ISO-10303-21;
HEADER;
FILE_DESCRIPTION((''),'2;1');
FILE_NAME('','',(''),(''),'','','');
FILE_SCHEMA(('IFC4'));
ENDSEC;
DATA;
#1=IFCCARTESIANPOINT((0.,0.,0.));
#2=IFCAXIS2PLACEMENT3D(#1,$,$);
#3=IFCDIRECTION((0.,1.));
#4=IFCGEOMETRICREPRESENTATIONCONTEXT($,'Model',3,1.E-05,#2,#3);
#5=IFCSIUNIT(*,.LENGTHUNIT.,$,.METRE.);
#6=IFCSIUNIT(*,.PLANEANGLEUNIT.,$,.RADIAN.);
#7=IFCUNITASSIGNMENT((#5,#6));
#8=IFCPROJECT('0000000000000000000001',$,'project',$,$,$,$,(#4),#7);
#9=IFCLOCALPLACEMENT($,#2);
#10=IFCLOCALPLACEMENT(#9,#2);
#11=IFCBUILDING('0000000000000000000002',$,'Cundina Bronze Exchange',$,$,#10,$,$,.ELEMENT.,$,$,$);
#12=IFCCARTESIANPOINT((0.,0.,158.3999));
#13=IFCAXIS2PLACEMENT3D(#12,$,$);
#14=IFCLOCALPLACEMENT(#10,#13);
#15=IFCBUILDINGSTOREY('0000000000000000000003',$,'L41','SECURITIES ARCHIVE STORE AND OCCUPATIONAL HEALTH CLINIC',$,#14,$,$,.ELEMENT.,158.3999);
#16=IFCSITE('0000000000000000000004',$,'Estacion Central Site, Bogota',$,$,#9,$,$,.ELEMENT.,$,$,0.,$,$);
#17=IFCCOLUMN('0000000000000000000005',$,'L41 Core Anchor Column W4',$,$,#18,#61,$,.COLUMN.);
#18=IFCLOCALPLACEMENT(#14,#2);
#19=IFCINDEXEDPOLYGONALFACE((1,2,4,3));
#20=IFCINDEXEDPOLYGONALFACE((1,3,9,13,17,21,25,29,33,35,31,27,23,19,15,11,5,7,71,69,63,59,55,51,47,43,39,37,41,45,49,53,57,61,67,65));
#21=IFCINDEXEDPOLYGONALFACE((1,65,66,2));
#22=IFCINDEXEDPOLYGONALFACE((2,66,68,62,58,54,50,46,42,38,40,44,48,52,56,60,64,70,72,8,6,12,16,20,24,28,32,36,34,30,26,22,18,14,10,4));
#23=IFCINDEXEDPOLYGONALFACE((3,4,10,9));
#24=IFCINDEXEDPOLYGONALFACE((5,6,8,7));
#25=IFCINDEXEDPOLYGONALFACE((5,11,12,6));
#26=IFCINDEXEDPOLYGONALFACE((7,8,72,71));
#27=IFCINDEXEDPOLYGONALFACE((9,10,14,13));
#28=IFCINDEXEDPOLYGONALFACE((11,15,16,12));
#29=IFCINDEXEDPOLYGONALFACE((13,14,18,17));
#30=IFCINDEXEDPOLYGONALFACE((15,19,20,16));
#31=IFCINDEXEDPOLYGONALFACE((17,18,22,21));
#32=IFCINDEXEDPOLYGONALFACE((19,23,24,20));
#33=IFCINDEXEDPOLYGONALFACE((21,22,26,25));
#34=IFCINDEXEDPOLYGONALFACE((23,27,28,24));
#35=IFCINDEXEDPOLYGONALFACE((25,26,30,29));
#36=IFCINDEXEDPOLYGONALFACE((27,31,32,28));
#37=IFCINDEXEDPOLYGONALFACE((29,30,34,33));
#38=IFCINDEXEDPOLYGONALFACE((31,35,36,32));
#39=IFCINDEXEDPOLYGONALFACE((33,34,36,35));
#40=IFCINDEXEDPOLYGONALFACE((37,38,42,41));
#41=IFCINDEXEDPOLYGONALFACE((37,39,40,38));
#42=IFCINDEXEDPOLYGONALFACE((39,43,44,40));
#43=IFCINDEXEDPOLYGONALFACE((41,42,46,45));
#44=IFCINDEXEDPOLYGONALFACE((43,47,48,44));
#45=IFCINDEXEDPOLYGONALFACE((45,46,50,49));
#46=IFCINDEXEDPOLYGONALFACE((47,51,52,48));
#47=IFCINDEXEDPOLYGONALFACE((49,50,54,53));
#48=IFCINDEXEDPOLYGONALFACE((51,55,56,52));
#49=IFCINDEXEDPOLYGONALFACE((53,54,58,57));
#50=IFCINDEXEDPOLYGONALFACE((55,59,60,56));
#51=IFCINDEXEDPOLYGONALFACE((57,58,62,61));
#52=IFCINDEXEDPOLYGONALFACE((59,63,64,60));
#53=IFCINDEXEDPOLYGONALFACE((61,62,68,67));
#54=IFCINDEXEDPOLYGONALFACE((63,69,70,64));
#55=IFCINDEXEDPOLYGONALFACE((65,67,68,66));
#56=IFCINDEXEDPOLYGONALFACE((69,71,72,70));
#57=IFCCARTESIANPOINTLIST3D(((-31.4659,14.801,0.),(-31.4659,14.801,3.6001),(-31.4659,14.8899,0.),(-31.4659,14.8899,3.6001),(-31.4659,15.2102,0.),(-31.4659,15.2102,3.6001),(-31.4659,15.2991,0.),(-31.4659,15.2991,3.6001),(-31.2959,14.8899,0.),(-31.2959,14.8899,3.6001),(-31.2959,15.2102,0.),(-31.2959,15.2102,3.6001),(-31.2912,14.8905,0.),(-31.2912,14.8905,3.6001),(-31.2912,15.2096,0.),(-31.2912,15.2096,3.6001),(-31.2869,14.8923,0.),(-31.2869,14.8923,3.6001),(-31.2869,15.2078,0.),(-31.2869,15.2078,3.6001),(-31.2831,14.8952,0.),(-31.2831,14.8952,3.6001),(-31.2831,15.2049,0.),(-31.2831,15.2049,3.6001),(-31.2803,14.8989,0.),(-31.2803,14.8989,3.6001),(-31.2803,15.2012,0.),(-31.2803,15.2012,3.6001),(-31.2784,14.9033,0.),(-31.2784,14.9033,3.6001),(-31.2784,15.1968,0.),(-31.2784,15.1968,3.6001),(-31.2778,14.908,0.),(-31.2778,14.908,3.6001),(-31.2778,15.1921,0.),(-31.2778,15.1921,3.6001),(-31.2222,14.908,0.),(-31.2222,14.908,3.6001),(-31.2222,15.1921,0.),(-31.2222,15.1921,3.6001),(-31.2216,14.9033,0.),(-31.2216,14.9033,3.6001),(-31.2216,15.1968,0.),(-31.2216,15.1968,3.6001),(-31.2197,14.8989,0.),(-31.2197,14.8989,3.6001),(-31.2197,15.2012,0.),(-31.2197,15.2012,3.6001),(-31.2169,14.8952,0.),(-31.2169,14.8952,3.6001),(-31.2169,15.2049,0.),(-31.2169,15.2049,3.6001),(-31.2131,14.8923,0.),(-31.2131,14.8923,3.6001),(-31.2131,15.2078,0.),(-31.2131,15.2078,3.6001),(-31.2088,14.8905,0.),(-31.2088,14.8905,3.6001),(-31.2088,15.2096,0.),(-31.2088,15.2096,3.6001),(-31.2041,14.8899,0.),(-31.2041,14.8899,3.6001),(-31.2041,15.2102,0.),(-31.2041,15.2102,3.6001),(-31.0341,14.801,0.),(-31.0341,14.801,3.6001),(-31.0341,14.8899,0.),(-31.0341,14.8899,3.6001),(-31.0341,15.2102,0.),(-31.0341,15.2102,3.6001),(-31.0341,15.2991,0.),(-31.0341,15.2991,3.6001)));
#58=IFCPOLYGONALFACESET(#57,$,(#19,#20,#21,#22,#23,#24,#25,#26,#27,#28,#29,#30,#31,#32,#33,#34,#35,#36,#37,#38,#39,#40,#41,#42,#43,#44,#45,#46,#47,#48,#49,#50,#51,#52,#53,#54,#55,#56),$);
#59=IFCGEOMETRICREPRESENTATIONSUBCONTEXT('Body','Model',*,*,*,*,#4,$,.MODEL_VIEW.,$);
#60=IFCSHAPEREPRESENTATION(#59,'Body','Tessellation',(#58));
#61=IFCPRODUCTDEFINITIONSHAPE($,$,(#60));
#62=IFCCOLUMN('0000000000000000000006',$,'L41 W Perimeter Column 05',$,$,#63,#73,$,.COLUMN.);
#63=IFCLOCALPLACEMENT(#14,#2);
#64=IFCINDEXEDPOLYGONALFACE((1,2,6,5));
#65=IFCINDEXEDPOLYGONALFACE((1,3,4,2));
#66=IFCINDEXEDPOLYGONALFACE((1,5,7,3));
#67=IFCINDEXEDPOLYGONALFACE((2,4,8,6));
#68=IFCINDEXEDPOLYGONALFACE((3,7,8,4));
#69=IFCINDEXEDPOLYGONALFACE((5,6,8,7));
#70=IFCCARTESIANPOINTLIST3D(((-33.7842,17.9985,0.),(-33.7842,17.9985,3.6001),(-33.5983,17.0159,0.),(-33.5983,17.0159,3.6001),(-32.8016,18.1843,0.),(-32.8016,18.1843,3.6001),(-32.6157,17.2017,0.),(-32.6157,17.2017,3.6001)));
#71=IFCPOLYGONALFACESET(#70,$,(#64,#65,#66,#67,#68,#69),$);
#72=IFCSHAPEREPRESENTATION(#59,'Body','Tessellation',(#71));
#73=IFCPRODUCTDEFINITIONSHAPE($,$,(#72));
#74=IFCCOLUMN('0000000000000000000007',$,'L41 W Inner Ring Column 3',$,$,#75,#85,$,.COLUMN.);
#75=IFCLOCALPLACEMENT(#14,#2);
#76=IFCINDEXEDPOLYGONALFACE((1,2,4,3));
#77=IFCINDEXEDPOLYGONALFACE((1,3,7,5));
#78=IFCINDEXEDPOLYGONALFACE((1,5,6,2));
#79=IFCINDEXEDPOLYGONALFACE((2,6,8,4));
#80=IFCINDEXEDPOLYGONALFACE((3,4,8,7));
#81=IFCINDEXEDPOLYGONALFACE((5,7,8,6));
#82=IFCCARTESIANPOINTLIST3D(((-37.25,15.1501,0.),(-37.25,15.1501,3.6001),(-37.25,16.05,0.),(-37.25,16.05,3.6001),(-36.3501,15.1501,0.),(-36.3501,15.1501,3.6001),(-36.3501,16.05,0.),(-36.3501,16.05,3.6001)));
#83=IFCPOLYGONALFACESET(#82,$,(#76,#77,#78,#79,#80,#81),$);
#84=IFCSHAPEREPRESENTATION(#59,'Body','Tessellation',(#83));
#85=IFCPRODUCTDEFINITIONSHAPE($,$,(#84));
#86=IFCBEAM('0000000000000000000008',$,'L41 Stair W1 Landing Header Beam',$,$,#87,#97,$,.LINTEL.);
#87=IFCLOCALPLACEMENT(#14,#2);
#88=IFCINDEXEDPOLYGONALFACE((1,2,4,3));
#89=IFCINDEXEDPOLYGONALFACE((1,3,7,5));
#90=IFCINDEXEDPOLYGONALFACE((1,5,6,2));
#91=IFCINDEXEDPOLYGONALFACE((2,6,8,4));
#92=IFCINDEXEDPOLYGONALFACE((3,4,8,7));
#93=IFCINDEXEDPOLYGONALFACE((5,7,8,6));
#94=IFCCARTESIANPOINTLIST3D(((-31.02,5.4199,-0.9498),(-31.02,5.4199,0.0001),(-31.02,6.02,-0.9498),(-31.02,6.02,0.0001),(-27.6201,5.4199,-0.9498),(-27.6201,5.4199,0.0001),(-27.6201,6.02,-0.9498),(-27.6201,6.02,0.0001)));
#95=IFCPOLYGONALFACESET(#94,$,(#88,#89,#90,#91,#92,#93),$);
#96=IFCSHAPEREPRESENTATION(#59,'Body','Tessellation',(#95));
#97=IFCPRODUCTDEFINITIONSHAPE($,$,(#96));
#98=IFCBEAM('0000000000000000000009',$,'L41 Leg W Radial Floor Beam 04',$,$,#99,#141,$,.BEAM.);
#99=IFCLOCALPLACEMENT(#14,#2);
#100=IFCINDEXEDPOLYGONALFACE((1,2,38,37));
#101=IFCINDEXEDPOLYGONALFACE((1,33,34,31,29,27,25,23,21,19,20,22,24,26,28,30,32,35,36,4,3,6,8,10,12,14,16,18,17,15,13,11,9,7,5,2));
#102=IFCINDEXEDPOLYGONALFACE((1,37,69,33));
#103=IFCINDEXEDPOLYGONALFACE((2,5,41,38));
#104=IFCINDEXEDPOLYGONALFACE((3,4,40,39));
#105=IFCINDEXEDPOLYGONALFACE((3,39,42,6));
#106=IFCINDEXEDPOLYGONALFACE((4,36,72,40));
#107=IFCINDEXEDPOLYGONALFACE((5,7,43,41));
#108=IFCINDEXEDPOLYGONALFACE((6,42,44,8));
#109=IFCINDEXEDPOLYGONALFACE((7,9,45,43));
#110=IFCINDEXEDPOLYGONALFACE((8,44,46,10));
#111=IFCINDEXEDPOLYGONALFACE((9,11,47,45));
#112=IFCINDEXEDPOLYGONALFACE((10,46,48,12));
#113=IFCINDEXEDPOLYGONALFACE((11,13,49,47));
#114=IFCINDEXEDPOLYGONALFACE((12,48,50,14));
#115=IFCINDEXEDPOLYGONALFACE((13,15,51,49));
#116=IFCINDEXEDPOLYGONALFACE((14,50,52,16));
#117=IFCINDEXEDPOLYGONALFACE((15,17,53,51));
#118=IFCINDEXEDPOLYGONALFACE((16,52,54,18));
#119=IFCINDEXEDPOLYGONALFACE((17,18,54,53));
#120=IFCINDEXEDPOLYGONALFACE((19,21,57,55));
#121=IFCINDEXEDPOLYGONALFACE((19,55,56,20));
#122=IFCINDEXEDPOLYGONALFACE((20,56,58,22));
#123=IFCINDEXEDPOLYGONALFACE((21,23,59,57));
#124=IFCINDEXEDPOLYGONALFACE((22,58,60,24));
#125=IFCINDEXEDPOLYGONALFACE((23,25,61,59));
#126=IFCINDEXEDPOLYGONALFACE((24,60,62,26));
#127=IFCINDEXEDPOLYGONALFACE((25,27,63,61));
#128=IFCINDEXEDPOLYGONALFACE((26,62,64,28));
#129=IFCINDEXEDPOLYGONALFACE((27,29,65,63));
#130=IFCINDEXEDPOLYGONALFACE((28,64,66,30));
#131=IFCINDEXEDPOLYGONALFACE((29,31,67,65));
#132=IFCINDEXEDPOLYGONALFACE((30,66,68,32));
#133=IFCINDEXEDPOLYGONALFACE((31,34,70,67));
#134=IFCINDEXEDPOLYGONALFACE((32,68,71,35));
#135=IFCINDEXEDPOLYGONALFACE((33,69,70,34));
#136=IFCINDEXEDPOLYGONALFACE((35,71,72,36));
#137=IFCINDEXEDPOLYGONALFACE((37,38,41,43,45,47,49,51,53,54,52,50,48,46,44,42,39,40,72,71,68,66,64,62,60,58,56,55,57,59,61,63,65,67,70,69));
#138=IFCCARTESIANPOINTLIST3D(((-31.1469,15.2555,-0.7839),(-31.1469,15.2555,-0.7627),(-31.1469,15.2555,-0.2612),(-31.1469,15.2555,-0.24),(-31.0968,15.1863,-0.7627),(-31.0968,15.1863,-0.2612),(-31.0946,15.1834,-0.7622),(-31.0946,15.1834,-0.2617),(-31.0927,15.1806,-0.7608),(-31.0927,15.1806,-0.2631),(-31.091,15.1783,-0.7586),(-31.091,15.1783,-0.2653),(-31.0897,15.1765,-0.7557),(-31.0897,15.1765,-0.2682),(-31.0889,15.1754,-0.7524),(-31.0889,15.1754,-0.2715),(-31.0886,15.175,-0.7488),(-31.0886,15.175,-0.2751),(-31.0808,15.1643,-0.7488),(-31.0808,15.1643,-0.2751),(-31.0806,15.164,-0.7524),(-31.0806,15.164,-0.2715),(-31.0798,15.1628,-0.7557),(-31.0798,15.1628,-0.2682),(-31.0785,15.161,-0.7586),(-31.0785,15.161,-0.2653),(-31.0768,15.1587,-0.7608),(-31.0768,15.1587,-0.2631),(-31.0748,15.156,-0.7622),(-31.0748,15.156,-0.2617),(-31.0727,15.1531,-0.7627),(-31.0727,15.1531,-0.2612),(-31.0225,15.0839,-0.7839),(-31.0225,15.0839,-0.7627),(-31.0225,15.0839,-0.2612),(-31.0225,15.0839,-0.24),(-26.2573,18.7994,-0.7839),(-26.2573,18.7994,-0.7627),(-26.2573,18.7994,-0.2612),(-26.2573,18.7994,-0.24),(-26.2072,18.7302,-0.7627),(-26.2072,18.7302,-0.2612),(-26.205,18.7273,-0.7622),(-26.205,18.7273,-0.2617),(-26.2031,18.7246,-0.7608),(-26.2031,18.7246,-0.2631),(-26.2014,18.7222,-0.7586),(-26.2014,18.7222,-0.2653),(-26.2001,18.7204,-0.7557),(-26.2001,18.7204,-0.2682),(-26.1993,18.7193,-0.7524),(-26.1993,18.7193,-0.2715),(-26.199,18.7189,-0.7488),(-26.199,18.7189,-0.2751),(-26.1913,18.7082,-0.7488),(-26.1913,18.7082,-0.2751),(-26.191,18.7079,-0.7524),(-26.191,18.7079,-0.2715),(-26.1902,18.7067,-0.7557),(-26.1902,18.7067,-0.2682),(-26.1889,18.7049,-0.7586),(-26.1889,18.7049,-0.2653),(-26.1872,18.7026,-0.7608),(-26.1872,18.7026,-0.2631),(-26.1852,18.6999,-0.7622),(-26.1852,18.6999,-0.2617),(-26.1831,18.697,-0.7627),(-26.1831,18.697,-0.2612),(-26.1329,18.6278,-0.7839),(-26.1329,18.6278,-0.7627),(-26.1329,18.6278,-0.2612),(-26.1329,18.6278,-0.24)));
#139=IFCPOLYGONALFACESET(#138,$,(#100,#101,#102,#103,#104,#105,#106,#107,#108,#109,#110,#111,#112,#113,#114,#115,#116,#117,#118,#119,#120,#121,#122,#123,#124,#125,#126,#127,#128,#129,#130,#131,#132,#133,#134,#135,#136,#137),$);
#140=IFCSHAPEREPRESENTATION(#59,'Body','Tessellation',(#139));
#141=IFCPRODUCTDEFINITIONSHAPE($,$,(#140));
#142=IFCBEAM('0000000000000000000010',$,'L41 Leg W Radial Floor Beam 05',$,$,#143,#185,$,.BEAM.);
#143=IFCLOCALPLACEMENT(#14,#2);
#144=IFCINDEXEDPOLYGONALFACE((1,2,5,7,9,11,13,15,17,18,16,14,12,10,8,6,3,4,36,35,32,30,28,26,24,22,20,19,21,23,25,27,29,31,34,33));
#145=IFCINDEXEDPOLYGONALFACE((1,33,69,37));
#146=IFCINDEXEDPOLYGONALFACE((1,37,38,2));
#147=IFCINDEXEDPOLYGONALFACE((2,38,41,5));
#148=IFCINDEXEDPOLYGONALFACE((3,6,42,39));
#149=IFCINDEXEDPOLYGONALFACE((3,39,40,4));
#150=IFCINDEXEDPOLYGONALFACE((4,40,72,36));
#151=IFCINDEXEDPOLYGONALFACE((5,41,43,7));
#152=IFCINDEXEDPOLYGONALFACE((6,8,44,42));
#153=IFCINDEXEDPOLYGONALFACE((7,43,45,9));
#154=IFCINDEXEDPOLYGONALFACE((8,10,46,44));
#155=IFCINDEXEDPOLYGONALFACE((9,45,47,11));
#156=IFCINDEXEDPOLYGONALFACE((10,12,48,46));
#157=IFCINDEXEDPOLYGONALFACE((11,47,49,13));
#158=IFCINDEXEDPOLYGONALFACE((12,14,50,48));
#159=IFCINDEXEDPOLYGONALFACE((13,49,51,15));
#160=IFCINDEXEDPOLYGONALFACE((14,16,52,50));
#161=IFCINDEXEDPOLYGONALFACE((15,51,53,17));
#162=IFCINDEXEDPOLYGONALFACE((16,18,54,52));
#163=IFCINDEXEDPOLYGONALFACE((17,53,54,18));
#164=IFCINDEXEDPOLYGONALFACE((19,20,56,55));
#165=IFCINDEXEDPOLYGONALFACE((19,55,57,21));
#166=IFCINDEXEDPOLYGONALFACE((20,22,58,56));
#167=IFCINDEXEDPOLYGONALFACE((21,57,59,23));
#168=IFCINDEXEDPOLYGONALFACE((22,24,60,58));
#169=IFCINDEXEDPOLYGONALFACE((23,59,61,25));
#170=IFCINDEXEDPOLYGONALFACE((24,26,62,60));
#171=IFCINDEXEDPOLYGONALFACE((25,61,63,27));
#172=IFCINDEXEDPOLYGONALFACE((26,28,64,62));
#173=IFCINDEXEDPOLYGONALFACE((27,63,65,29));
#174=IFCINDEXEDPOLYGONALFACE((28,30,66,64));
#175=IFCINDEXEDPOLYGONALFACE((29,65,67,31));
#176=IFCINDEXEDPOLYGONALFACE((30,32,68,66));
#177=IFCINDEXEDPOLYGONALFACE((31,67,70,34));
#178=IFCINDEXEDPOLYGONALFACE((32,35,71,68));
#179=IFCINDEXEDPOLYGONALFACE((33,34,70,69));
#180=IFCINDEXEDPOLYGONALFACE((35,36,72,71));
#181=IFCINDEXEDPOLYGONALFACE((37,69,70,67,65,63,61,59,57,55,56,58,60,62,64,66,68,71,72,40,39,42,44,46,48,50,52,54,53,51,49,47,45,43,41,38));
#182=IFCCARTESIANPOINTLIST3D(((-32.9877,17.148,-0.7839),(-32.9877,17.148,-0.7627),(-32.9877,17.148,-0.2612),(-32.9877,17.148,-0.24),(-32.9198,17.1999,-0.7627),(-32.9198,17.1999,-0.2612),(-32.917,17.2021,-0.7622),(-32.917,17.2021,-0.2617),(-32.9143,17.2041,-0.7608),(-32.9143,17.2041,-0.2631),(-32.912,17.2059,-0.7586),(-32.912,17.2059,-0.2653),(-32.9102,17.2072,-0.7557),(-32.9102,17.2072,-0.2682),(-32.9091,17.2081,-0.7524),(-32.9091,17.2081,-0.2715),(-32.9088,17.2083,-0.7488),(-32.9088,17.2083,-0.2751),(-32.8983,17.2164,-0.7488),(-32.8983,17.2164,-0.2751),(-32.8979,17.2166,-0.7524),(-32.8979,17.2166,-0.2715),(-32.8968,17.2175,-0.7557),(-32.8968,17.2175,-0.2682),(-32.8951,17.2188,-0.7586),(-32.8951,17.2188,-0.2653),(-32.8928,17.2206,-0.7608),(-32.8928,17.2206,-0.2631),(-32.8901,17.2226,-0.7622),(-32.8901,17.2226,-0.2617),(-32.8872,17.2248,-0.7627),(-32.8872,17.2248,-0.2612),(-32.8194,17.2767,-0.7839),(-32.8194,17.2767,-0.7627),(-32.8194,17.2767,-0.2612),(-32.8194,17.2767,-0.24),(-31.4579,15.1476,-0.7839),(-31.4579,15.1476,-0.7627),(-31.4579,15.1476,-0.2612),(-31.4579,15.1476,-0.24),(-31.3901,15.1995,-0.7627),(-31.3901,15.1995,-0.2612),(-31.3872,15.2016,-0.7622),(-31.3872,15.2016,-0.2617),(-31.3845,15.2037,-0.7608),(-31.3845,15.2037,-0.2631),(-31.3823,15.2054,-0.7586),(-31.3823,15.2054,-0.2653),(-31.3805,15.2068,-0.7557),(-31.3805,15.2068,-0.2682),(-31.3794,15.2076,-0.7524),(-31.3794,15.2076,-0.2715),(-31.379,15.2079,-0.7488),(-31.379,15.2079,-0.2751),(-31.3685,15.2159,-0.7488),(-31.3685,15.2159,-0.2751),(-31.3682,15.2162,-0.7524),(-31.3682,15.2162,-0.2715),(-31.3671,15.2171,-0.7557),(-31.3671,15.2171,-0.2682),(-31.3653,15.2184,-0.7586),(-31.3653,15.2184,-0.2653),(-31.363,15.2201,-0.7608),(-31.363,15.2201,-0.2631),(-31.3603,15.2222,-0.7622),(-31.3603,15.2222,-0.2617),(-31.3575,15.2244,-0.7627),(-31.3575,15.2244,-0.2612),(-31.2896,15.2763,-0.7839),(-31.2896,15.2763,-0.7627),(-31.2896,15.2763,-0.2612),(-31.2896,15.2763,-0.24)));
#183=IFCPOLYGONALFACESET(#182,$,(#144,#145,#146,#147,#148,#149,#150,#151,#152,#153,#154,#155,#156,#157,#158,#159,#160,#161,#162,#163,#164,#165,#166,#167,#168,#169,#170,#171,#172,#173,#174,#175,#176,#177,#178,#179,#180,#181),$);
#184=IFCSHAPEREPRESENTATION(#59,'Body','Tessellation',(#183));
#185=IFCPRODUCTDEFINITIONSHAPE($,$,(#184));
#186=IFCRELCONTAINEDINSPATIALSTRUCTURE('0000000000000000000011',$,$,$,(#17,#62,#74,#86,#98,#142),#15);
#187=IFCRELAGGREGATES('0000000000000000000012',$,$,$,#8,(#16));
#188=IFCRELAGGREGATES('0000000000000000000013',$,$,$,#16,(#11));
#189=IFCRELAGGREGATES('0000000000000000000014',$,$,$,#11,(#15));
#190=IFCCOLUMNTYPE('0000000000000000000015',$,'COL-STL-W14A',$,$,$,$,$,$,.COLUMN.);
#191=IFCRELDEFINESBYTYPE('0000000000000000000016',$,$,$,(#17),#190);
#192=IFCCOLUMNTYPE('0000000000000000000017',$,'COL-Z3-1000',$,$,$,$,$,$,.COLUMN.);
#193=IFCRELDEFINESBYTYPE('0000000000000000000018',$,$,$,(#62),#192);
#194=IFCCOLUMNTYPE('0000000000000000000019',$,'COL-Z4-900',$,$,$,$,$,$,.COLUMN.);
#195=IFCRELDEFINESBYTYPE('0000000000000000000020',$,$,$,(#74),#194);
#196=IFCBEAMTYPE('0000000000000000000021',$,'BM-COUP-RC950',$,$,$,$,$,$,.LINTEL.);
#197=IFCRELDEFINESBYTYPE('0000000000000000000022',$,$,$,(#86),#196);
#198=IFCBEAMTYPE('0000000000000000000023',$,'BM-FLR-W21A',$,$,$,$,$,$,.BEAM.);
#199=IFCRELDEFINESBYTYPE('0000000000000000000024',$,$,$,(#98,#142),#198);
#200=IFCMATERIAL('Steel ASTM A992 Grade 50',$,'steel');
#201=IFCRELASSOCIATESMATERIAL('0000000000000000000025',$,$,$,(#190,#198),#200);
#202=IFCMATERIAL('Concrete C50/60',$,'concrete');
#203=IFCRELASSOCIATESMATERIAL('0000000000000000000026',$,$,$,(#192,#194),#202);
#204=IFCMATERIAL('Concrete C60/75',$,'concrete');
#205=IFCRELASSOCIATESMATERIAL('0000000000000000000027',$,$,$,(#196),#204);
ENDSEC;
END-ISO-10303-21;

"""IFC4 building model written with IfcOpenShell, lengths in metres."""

from ifc_helpers import new_model, si_unit, direction, frame, origin, origin_2d, place, context, subcontext, project, spatial, rectangle, i_section, extrude, material, material_profile, profile_set, type_object, element, save


model = new_model("IFC4")

# Units and contexts
model_context = context("Model", 3, precision=1e-05, world=origin(), true_north=direction((0.0, 1.0)))
body_context = subcontext(model_context, "Body", "Model", "MODEL_VIEW")
ifc_project = project(units=[si_unit("LENGTHUNIT", "METRE"), si_unit("PLANEANGLEUNIT", "RADIAN")], contexts=[model_context])

# Site, building, storey
site_placement = place(None, origin())
site = spatial("IfcSite", under=ifc_project, at=site_placement, Name="Estacion Central Site, Bogota", CompositionType="ELEMENT", RefElevation=0.0)
building_placement = place(site_placement, origin())
building = spatial("IfcBuilding", under=site, at=building_placement, Name="Cundina Bronze Exchange", CompositionType="ELEMENT")
storey_placement = place(building_placement, frame((0.0, 0.0, 158.3999)))
storey = spatial("IfcBuildingStorey", under=building, at=storey_placement, Name="L41", Description="SECURITIES ARCHIVE STORE AND OCCUPATIONAL HEALTH CLINIC", CompositionType="ELEMENT", Elevation=158.3999)

# Columns
ifc_material_1 = material(Name="Steel ASTM A992 Grade 50", Category="steel")
ifc_material_profile_1 = material_profile(ifc_material_1, i_section(OverallWidth=0.4319, OverallDepth=0.498, WebThickness=0.0557, FlangeThickness=0.0889, FilletRadius=0.0181, at=origin_2d()), Name="W14X500", Category="steel")
ifc_profile_set_1 = profile_set([ifc_material_profile_1], Name="Steel ASTM A992 Grade 50")
column_type_1 = type_object("IfcColumnType", Name="COL-STL-W14A", PredefinedType="COLUMN", material=ifc_profile_set_1)
column_1_placement = place(storey_placement, frame((-31.25, 15.05, 0.0), z_axis=(0.0, 0.0, 1.0), x_axis=(1.0, 0.0, 0.0)))
element("IfcColumn", 1, at=column_1_placement, inside=storey, type_object=column_type_1, Name="L41 Core Anchor Column W4", PredefinedType="COLUMN", context=body_context, shape_type="SweptSolid", body=[
    extrude(i_section(OverallWidth=0.4319, OverallDepth=0.498, WebThickness=0.0557, FlangeThickness=0.0889, FilletRadius=0.0181, at=origin_2d()), origin(), (0.0, 0.0, 1.0), 3.6001),
])
ifc_material_2 = material(Name="Concrete C50/60", Category="concrete")
ifc_material_profile_2 = material_profile(ifc_material_2, rectangle(XDim=1.0, YDim=1.0, at=origin_2d()), Name="RC1000X1000", Category="concrete")
ifc_profile_set_2 = profile_set([ifc_material_profile_2], Name="Concrete C50/60")
column_type_2 = type_object("IfcColumnType", Name="COL-Z3-1000", PredefinedType="COLUMN", material=ifc_profile_set_2)
column_2_placement = place(storey_placement, frame((-33.2, 17.6001, 0.0), z_axis=(0.0, 0.0, 1.0), x_axis=(-0.98258, -0.185838, 0.0)))
element("IfcColumn", 2, at=column_2_placement, inside=storey, type_object=column_type_2, Name="L41 W Perimeter Column 05", PredefinedType="COLUMN", context=body_context, shape_type="SweptSolid", body=[
    extrude(rectangle(XDim=1.0, YDim=1.0, at=origin_2d()), origin(), (0.0, 0.0, 1.0), 3.6001),
])
ifc_material_profile_3 = material_profile(ifc_material_2, rectangle(XDim=0.8999, YDim=0.8999, at=origin_2d()), Name="RC900X900", Category="concrete")
ifc_profile_set_3 = profile_set([ifc_material_profile_3], Name="Concrete C50/60")
column_type_3 = type_object("IfcColumnType", Name="COL-Z4-900", PredefinedType="COLUMN", material=ifc_profile_set_3)
column_3_placement = place(storey_placement, frame((-36.8, 15.6001, 0.0), z_axis=(0.0, 0.0, 1.0), x_axis=(1.0, 0.0, 0.0)))
element("IfcColumn", 3, at=column_3_placement, inside=storey, type_object=column_type_3, Name="L41 W Inner Ring Column 3", PredefinedType="COLUMN", context=body_context, shape_type="SweptSolid", body=[
    extrude(rectangle(XDim=0.8999, YDim=0.8999, at=origin_2d()), origin(), (0.0, 0.0, 1.0), 3.6001),
])

# Beams
ifc_material_3 = material(Name="Concrete C60/75", Category="concrete")
ifc_material_profile_4 = material_profile(ifc_material_3, rectangle(XDim=0.6001, YDim=0.95, at=origin_2d()), Name="RC600X950", Category="concrete")
ifc_profile_set_4 = profile_set([ifc_material_profile_4], Name="Concrete C60/75")
beam_type_1 = type_object("IfcBeamType", Name="BM-COUP-RC950", PredefinedType="LINTEL", material=ifc_profile_set_4)
beam_1_placement = place(storey_placement, frame((-31.02, 5.72, -0.4749), z_axis=(1.0, 0.0, 0.0), x_axis=(0.0, 1.0, 0.0)))
element("IfcBeam", 4, at=beam_1_placement, inside=storey, type_object=beam_type_1, Name="L41 Stair W1 Landing Header Beam", PredefinedType="LINTEL", context=body_context, shape_type="SweptSolid", body=[
    extrude(rectangle(XDim=0.6001, YDim=0.95, at=origin_2d()), origin(), (0.0, 0.0, 1.0), 3.3999),
])
ifc_material_profile_5 = material_profile(ifc_material_1, i_section(OverallWidth=0.2119, OverallDepth=0.5439, WebThickness=0.0132, FlangeThickness=0.0212, FilletRadius=0.0139, at=origin_2d()), Name="W21X83", Category="steel")
ifc_profile_set_5 = profile_set([ifc_material_profile_5], Name="Steel ASTM A992 Grade 50")
beam_type_2 = type_object("IfcBeamType", Name="BM-FLR-W21A", PredefinedType="BEAM", material=ifc_profile_set_5)
beam_2_placement = place(storey_placement, frame((-31.0847, 15.1697, -0.512), z_axis=(0.809693, 0.586854, 0.0), x_axis=(-0.586854, 0.809693, 0.0)))
element("IfcBeam", 5, at=beam_2_placement, inside=storey, type_object=beam_type_2, Name="L41 Leg W Radial Floor Beam 04", PredefinedType="BEAM", context=body_context, shape_type="SweptSolid", body=[
    extrude(i_section(OverallWidth=0.2119, OverallDepth=0.5439, WebThickness=0.0132, FlangeThickness=0.0212, FilletRadius=0.0139, at=origin_2d()), origin(), (0.0, 0.0, 1.0), 6.0388),
])
beam_3_placement = place(storey_placement, frame((-31.3738, 15.2119, -0.512), z_axis=(-0.60745, 0.794358, 0.0), x_axis=(-0.794358, -0.60745, 0.0)))
element("IfcBeam", 6, at=beam_3_placement, inside=storey, type_object=beam_type_2, Name="L41 Leg W Radial Floor Beam 05", PredefinedType="BEAM", context=body_context, shape_type="SweptSolid", body=[
    extrude(i_section(OverallWidth=0.2119, OverallDepth=0.5439, WebThickness=0.0132, FlangeThickness=0.0212, FilletRadius=0.0139, at=origin_2d()), origin(), (0.0, 0.0, 1.0), 2.5183),
])

save(model, "model.ifc")
